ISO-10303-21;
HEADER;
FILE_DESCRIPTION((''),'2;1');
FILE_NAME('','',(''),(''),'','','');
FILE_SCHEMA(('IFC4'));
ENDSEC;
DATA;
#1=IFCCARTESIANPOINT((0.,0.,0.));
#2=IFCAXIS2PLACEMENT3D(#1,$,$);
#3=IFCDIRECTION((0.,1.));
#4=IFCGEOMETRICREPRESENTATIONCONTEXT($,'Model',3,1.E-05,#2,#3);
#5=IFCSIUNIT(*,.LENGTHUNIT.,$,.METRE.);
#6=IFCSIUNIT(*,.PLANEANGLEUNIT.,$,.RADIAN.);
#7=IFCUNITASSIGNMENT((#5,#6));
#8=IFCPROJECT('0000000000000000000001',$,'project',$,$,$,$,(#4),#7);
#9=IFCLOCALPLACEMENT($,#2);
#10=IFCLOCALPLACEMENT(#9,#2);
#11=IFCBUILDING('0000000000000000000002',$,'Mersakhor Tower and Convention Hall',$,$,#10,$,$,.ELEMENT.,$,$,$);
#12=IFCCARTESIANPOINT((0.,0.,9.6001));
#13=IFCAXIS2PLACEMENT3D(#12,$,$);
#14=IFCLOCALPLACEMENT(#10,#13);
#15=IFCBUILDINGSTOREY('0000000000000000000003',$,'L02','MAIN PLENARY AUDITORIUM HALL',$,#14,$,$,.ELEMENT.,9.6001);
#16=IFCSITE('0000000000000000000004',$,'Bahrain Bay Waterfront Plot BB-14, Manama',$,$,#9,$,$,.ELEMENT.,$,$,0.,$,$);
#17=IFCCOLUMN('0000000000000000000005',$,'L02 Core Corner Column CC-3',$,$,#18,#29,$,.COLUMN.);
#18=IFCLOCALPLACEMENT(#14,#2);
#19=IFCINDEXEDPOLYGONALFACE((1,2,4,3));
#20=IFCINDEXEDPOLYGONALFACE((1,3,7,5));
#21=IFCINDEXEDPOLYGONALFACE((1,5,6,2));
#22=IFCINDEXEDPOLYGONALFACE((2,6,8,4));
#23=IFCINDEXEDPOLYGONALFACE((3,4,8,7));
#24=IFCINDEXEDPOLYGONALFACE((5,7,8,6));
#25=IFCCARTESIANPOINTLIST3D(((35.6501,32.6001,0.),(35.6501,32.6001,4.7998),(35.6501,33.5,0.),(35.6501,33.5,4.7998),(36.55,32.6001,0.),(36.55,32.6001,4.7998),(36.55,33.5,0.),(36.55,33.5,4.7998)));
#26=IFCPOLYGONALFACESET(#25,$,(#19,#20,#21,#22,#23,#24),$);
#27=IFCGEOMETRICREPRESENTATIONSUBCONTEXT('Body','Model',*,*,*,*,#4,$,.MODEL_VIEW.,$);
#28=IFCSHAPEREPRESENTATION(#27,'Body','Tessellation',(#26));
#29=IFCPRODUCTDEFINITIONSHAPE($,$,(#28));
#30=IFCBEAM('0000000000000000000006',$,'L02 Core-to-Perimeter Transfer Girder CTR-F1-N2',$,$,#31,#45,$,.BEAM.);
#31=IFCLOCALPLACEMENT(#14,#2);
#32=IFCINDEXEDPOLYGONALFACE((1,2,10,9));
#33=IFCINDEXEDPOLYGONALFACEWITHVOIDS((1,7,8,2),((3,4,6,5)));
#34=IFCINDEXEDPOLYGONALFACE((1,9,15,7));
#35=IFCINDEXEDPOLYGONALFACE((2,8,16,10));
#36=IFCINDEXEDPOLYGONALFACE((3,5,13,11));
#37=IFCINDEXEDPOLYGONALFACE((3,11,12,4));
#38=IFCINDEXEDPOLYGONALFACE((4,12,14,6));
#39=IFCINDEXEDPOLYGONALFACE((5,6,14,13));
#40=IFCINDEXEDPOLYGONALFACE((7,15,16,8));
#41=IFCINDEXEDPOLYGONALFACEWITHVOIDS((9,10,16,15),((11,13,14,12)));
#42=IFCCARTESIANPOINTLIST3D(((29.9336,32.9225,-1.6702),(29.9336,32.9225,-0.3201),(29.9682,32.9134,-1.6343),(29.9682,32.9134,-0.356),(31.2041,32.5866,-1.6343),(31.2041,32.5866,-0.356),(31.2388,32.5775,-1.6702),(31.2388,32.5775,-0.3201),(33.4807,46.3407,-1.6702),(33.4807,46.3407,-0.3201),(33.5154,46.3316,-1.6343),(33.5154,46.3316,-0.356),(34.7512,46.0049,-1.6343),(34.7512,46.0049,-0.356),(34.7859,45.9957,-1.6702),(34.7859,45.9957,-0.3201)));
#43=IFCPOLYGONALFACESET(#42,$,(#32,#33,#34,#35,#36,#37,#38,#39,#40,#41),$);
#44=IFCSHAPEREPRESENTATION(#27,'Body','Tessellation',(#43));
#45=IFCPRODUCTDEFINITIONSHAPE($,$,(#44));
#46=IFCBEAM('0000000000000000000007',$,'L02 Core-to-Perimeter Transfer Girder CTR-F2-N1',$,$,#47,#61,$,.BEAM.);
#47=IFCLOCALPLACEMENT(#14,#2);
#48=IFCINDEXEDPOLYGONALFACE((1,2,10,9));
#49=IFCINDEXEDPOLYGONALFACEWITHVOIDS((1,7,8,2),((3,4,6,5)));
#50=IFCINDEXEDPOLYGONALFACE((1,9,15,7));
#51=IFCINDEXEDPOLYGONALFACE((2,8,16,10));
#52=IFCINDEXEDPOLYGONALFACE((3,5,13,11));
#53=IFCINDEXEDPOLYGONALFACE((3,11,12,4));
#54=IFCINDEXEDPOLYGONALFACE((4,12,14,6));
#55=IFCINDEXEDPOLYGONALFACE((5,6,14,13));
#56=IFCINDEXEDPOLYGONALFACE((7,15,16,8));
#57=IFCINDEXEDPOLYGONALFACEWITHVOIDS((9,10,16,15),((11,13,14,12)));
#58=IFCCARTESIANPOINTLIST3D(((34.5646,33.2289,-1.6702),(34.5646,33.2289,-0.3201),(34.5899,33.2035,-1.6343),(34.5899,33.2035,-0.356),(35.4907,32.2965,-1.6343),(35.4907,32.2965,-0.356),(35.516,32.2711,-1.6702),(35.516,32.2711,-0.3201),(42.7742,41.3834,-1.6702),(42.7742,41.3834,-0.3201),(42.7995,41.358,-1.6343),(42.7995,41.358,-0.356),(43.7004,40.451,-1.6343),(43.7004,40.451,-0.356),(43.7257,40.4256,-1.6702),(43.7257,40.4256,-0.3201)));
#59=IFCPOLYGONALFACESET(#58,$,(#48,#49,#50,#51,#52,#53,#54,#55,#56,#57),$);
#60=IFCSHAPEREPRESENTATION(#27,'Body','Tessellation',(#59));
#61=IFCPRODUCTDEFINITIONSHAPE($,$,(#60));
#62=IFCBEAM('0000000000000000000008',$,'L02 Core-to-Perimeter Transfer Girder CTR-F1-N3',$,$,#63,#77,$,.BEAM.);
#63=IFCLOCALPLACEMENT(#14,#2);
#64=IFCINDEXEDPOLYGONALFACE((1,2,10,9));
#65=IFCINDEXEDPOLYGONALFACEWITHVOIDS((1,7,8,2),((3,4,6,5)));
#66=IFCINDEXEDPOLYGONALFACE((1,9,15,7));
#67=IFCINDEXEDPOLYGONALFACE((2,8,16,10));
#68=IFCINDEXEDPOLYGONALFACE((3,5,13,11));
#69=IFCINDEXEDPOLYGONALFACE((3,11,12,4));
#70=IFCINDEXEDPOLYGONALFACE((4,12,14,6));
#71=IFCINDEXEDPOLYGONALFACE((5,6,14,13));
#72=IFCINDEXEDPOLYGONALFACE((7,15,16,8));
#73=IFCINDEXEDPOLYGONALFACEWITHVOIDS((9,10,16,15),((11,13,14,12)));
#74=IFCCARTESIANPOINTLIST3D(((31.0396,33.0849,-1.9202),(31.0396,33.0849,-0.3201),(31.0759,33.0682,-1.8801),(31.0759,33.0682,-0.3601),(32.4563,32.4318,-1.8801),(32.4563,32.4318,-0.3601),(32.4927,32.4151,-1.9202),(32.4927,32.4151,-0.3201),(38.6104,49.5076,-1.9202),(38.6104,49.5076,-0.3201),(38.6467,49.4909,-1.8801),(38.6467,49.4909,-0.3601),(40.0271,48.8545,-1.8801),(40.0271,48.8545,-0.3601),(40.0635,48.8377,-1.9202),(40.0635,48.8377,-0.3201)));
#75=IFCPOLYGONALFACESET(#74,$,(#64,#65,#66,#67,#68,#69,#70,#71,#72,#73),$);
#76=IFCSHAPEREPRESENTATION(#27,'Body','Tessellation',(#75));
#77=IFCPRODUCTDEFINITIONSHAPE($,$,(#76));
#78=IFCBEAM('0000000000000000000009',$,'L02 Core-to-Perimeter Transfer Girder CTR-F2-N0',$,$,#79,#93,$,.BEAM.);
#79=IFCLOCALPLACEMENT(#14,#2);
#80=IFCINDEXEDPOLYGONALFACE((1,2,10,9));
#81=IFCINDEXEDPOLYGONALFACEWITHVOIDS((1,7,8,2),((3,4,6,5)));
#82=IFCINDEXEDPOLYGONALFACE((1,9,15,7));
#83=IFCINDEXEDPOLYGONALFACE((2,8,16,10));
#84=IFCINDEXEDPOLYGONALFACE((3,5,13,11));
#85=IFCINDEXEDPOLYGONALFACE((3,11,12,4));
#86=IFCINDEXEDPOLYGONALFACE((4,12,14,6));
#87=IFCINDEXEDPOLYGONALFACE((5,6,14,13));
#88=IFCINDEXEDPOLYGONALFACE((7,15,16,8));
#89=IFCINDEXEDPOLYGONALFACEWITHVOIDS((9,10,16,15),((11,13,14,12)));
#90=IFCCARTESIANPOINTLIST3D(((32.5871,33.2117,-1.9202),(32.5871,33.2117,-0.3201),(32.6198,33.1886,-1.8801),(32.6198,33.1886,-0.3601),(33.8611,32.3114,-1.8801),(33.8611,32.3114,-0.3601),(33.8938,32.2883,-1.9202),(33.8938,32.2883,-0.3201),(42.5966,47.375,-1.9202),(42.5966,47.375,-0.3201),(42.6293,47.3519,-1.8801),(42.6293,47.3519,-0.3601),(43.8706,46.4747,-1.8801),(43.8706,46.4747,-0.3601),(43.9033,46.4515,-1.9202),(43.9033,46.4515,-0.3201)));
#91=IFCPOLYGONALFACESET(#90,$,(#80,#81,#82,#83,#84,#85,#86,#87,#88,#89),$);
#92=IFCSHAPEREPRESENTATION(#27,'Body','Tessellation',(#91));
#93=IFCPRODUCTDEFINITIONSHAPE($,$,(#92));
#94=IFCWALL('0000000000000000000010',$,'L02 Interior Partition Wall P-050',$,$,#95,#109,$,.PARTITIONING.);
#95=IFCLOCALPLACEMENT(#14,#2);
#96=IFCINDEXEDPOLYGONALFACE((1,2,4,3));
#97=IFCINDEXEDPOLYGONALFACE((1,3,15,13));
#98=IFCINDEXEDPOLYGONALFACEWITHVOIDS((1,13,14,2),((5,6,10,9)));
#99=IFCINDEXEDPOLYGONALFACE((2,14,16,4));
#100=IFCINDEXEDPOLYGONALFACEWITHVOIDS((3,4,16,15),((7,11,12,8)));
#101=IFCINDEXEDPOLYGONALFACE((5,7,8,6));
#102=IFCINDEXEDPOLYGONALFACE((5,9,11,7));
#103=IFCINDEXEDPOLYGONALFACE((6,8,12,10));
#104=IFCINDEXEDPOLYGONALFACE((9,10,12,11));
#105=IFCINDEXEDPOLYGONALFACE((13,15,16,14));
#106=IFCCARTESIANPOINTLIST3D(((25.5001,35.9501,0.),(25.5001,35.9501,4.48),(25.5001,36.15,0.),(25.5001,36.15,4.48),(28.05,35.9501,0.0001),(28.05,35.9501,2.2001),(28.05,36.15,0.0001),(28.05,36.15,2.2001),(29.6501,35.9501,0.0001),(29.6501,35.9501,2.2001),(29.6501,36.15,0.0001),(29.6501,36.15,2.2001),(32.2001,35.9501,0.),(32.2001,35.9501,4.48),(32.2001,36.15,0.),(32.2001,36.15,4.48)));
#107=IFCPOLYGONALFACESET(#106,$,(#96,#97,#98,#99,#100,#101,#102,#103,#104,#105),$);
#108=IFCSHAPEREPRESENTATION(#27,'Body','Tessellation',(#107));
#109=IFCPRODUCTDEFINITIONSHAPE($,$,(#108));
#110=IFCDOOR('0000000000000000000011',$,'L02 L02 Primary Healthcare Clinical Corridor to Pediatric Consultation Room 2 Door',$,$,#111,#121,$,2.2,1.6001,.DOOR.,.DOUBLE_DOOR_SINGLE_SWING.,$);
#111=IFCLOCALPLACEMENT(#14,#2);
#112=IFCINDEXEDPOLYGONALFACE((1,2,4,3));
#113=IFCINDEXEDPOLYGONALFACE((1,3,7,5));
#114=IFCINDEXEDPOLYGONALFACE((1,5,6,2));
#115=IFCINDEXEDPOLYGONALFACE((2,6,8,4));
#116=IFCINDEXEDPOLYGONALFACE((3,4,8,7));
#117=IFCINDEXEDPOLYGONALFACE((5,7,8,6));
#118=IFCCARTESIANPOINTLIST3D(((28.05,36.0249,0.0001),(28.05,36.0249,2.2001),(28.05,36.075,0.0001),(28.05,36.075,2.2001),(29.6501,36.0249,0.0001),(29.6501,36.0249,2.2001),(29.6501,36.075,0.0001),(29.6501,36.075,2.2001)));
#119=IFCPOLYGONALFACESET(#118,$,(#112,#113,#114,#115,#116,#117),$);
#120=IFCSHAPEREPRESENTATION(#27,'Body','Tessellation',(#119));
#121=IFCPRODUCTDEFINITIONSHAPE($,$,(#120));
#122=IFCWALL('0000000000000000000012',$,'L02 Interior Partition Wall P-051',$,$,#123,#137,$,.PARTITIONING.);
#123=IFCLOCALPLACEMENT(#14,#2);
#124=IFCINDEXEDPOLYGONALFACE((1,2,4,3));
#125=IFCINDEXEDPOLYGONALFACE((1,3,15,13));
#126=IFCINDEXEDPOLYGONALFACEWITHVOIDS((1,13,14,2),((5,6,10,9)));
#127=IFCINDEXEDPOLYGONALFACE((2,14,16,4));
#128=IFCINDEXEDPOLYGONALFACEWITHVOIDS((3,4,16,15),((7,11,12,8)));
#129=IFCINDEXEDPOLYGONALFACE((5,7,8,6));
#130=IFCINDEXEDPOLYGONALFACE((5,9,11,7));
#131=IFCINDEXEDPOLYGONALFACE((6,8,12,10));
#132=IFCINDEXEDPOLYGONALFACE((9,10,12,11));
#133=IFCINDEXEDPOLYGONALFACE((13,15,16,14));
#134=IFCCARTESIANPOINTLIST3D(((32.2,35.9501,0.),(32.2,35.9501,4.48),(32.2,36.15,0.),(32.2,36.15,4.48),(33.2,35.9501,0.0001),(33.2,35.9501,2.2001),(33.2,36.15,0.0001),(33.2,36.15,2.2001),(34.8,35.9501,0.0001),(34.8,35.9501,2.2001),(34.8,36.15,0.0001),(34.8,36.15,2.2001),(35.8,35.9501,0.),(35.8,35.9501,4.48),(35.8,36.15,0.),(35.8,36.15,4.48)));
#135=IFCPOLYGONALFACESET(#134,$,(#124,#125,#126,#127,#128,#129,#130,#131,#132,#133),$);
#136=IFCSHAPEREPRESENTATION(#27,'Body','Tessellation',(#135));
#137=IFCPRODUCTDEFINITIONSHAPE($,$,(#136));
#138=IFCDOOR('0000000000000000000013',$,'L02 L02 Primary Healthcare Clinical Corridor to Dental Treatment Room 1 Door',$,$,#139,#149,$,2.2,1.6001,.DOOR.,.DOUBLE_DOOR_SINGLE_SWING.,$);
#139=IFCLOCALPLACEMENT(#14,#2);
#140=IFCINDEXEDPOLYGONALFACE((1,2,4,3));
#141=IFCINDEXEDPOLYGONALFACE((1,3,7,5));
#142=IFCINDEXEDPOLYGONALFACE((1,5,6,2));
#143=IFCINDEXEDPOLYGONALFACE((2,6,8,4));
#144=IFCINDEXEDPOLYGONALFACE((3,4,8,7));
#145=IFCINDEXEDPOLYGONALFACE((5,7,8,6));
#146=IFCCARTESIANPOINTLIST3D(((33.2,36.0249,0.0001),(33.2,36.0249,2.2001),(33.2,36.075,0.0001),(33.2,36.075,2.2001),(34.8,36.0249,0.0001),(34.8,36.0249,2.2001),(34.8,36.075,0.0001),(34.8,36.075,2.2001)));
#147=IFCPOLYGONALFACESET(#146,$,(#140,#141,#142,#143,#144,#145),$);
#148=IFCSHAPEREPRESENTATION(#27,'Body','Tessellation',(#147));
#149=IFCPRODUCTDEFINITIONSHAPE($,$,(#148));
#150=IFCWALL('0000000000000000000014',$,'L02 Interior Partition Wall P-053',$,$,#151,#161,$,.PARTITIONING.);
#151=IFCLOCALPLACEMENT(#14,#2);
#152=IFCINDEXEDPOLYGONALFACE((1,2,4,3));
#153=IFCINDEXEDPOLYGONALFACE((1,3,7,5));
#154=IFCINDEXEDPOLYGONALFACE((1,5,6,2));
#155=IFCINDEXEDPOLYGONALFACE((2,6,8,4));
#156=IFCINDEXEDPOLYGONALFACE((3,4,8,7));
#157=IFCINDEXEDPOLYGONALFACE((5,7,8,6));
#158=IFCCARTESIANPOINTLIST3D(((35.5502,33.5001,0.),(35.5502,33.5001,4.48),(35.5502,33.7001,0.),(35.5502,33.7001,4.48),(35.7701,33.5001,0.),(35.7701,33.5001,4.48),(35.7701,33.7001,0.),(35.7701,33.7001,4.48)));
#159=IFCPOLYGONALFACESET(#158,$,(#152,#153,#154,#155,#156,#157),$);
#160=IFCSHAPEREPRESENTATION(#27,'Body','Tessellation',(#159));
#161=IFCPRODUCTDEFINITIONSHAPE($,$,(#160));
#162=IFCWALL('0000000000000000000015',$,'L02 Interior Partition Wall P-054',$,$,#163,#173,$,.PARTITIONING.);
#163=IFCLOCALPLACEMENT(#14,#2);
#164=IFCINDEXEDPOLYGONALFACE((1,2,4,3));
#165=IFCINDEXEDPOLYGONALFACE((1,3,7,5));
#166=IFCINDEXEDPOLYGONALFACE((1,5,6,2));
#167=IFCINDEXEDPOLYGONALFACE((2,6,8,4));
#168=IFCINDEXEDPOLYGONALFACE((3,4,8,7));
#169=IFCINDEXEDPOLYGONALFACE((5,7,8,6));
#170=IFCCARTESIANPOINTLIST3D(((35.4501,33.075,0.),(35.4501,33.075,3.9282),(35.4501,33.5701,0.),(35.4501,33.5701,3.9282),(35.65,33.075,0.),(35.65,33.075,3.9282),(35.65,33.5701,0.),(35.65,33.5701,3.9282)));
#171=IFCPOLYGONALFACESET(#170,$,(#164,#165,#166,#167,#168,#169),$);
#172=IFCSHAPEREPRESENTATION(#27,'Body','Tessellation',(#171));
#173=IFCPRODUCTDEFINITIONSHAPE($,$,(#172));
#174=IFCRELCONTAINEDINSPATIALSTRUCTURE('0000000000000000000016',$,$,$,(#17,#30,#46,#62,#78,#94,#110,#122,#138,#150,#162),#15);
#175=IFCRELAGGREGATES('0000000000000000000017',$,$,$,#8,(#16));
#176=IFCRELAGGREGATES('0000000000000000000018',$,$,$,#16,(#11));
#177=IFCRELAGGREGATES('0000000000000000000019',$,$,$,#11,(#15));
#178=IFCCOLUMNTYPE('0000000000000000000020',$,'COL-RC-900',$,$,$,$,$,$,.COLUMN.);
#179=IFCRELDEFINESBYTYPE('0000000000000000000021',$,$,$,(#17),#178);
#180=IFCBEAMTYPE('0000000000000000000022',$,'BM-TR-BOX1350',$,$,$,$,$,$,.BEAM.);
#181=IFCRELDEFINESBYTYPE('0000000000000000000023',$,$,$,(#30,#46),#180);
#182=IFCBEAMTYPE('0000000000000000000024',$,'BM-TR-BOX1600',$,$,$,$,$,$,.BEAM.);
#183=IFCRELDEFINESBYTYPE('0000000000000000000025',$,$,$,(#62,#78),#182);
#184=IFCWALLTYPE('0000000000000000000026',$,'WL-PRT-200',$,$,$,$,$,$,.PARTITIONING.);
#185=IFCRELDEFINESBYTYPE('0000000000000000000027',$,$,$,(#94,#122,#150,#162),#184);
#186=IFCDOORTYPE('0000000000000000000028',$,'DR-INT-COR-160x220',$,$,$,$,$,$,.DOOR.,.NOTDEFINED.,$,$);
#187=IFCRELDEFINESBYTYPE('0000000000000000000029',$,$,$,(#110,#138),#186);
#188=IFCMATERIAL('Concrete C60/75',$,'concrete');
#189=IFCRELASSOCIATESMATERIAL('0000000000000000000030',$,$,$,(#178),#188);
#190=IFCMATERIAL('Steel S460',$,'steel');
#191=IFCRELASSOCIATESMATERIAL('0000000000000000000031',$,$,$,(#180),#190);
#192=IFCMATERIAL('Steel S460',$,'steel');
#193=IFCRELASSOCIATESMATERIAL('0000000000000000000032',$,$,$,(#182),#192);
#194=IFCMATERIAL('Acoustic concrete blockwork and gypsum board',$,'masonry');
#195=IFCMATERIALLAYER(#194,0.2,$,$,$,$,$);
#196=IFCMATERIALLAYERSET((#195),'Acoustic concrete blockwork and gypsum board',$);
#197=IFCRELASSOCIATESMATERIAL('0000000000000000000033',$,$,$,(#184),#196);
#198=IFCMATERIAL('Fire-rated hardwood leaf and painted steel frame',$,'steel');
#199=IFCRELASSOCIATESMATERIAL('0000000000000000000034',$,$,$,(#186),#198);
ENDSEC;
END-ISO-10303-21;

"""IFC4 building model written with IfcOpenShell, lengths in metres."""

from ifc_helpers import new_model, si_unit, direction, frame, frame_2d, origin, origin_2d, place, context, subcontext, project, spatial, rectangle, hollow_rectangle, extrude, material, layer, layer_set, material_profile, profile_set, type_object, element, fill, save


model = new_model("IFC4")

# Units and contexts
model_context = context("Model", 3, precision=1e-05, world=origin(), true_north=direction((0.0, 1.0)))
body_context = subcontext(model_context, "Body", "Model", "MODEL_VIEW")
ifc_project = project(units=[si_unit("LENGTHUNIT", "METRE"), si_unit("PLANEANGLEUNIT", "RADIAN")], contexts=[model_context])

# Site, building, storey
site_placement = place(None, origin())
site = spatial("IfcSite", under=ifc_project, at=site_placement, Name="Bahrain Bay Waterfront Plot BB-14, Manama", CompositionType="ELEMENT", RefElevation=0.0)
building_placement = place(site_placement, origin())
building = spatial("IfcBuilding", under=site, at=building_placement, Name="Mersakhor Tower and Convention Hall", CompositionType="ELEMENT")
storey_placement = place(building_placement, frame((0.0, 0.0, 9.6001)))
storey = spatial("IfcBuildingStorey", under=building, at=storey_placement, Name="L02", Description="MAIN PLENARY AUDITORIUM HALL", CompositionType="ELEMENT", Elevation=9.6001)

# Column
ifc_material_1 = material(Name="Concrete C60/75", Category="concrete")
ifc_material_profile_1 = material_profile(ifc_material_1, rectangle(XDim=0.8999, YDim=0.8999, at=origin_2d()), Name="RC 900x900")
ifc_profile_set_1 = profile_set([ifc_material_profile_1], Name="Concrete C60/75")
column_type = type_object("IfcColumnType", Name="COL-RC-900", PredefinedType="COLUMN", material=ifc_profile_set_1)
column_placement = place(storey_placement, frame((36.1001, 33.05, 0.0), z_axis=(0.0, 0.0, 1.0), x_axis=(1.0, 0.0, 0.0)))
element("IfcColumn", 1, at=column_placement, inside=storey, type_object=column_type, Name="L02 Core Corner Column CC-3", PredefinedType="COLUMN", context=body_context, shape_type="SweptSolid", body=[
    extrude(rectangle(XDim=0.8999, YDim=0.8999, at=origin_2d()), origin(), (0.0, 0.0, 1.0), 4.7998),
])

# Beams
ifc_material_2 = material(Name="Steel S460", Category="steel")
ifc_material_profile_2 = material_profile(ifc_material_2, hollow_rectangle(XDim=1.3501, YDim=1.3501, WallThickness=0.0359, at=origin_2d()), Name="SHS 1350x1350x36")
ifc_profile_set_2 = profile_set([ifc_material_profile_2], Name="Steel S460")
beam_type_1 = type_object("IfcBeamType", Name="BM-TR-BOX1350", PredefinedType="BEAM", material=ifc_profile_set_2)
beam_1_placement = place(storey_placement, frame((30.5862, 32.75, -0.9951), z_axis=(0.255572, 0.96679, 0.0), x_axis=(-0.96679, 0.255572, 0.0)))
element("IfcBeam", 2, at=beam_1_placement, inside=storey, type_object=beam_type_1, Name="L02 Core-to-Perimeter Transfer Girder CTR-F1-N2", PredefinedType="BEAM", context=body_context, shape_type="SweptSolid", body=[
    extrude(hollow_rectangle(XDim=1.3501, YDim=1.3501, WallThickness=0.0359, at=origin_2d()), origin(), (0.0, 0.0, 1.0), 13.8792),
])
beam_2_placement = place(storey_placement, frame((35.0403, 32.75, -0.9951), z_axis=(0.709487, 0.704719, 0.0), x_axis=(-0.704719, 0.709487, 0.0)))
element("IfcBeam", 3, at=beam_2_placement, inside=storey, type_object=beam_type_1, Name="L02 Core-to-Perimeter Transfer Girder CTR-F2-N1", PredefinedType="BEAM", context=body_context, shape_type="SweptSolid", body=[
    extrude(hollow_rectangle(XDim=1.3501, YDim=1.3501, WallThickness=0.0359, at=origin_2d()), origin(), (0.0, 0.0, 1.0), 11.5713),
])
ifc_material_3 = material(Name="Steel S460", Category="steel")
ifc_material_profile_3 = material_profile(ifc_material_3, hollow_rectangle(XDim=1.6001, YDim=1.6001, WallThickness=0.04, at=origin_2d()), Name="SHS 1600x1600x40")
ifc_profile_set_3 = profile_set([ifc_material_profile_3], Name="Steel S460")
beam_type_2 = type_object("IfcBeamType", Name="BM-TR-BOX1600", PredefinedType="BEAM", material=ifc_profile_set_3)
beam_3_placement = place(storey_placement, frame((31.7661, 32.75, -1.1201), z_axis=(0.418654, 0.908146, 0.0), x_axis=(-0.908146, 0.418654, 0.0)))
element("IfcBeam", 4, at=beam_3_placement, inside=storey, type_object=beam_type_2, Name="L02 Core-to-Perimeter Transfer Girder CTR-F1-N3", PredefinedType="BEAM", context=body_context, shape_type="SweptSolid", body=[
    extrude(hollow_rectangle(XDim=1.6001, YDim=1.6001, WallThickness=0.04, at=origin_2d()), origin(), (0.0, 0.0, 1.0), 18.0837),
])
beam_4_placement = place(storey_placement, frame((33.2405, 32.75, -1.1201), z_axis=(0.57714, 0.816645, 0.0), x_axis=(-0.816645, 0.57714, 0.0)))
element("IfcBeam", 5, at=beam_4_placement, inside=storey, type_object=beam_type_2, Name="L02 Core-to-Perimeter Transfer Girder CTR-F2-N0", PredefinedType="BEAM", context=body_context, shape_type="SweptSolid", body=[
    extrude(hollow_rectangle(XDim=1.6001, YDim=1.6001, WallThickness=0.04, at=origin_2d()), origin(), (0.0, 0.0, 1.0), 17.3433),
])

# Walls, openings, doors
ifc_material_4 = material(Name="Acoustic concrete blockwork and gypsum board", Category="masonry")
ifc_layer_1 = layer(ifc_material_4, 0.2)
ifc_layer_set_1 = layer_set([ifc_layer_1], Name="Acoustic concrete blockwork and gypsum board")
wall_type_1 = type_object("IfcWallType", Name="WL-PRT-200", PredefinedType="PARTITIONING", material=ifc_layer_set_1)
wall_1_placement = place(storey_placement, frame((25.5, 36.05, 0.0), z_axis=(0.0, 0.0, 1.0), x_axis=(1.0, 0.0, 0.0)))
wall_1 = element("IfcWall", 6, at=wall_1_placement, inside=storey, type_object=wall_type_1, Name="L02 Interior Partition Wall P-050", PredefinedType="PARTITIONING", context=body_context, shape_type="SweptSolid", body=[
    extrude(rectangle(XDim=6.7, YDim=0.2, at=frame_2d((3.3501, 0.0))), origin(), (0.0, 0.0, 1.0), 4.48),
])
opening_1_placement = place(wall_1_placement, frame((2.55, 0.0, 0.0)))
opening_1 = element("IfcOpeningElement", 7, at=opening_1_placement, cuts=wall_1, PredefinedType="OPENING", context=body_context, shape_type="SweptSolid", body=[
    extrude(rectangle(XDim=1.6001, YDim=2.2, at=frame_2d((0.8, 1.1001))), frame((0.0, 0.1099, 0.0), z_axis=(0.0, -1.0, 0.0), x_axis=(1.0, 0.0, 0.0)), (0.0, 0.0, 1.0), 0.22),
])
ifc_material_5 = material(Name="Fire-rated hardwood leaf and painted steel frame", Category="steel")
door_type_1 = type_object("IfcDoorType", Name="DR-INT-COR-160x220", OperationType="NOTDEFINED", PredefinedType="DOOR", material=ifc_material_5)
door_1_placement = place(opening_1_placement, origin())
door_1 = element("IfcDoor", 8, at=door_1_placement, inside=storey, type_object=door_type_1, Name="L02 L02 Primary Healthcare Clinical Corridor to Pediatric Consultation Room 2 Door", OperationType="DOUBLE_DOOR_SINGLE_SWING", OverallHeight=2.2, OverallWidth=1.6001, PredefinedType="DOOR", context=body_context, shape_type="SweptSolid", body=[
    extrude(rectangle(XDim=1.6001, YDim=2.2, at=frame_2d((0.8, 1.1001))), frame((0.0, 0.0249, 0.0), z_axis=(0.0, -1.0, 0.0), x_axis=(1.0, 0.0, 0.0)), (0.0, 0.0, 1.0), 0.05),
])
fill(opening_1, door_1)
wall_2_placement = place(storey_placement, frame((32.2, 36.05, 0.0), z_axis=(0.0, 0.0, 1.0), x_axis=(1.0, 0.0, 0.0)))
wall_2 = element("IfcWall", 9, at=wall_2_placement, inside=storey, type_object=wall_type_1, Name="L02 Interior Partition Wall P-051", PredefinedType="PARTITIONING", context=body_context, shape_type="SweptSolid", body=[
    extrude(rectangle(XDim=3.6001, YDim=0.2, at=frame_2d((1.8, 0.0))), origin(), (0.0, 0.0, 1.0), 4.48),
])
opening_2_placement = place(wall_2_placement, frame((1.0, 0.0, 0.0)))
opening_2 = element("IfcOpeningElement", 10, at=opening_2_placement, cuts=wall_2, PredefinedType="OPENING", context=body_context, shape_type="SweptSolid", body=[
    extrude(rectangle(XDim=1.6001, YDim=2.2, at=frame_2d((0.8, 1.1001))), frame((0.0, 0.1099, 0.0), z_axis=(0.0, -1.0, 0.0), x_axis=(1.0, 0.0, 0.0)), (0.0, 0.0, 1.0), 0.22),
])
door_2_placement = place(opening_2_placement, origin())
door_2 = element("IfcDoor", 11, at=door_2_placement, inside=storey, type_object=door_type_1, Name="L02 L02 Primary Healthcare Clinical Corridor to Dental Treatment Room 1 Door", OperationType="DOUBLE_DOOR_SINGLE_SWING", OverallHeight=2.2, OverallWidth=1.6001, PredefinedType="DOOR", context=body_context, shape_type="SweptSolid", body=[
    extrude(rectangle(XDim=1.6001, YDim=2.2, at=frame_2d((0.8, 1.1001))), frame((0.0, 0.0249, 0.0), z_axis=(0.0, -1.0, 0.0), x_axis=(1.0, 0.0, 0.0)), (0.0, 0.0, 1.0), 0.05),
])
fill(opening_2, door_2)

# Walls
wall_3_placement = place(storey_placement, frame((35.77, 33.6001, 0.0), z_axis=(0.0, 0.0, 1.0), x_axis=(-1.0, 0.0, 0.0)))
element("IfcWall", 12, at=wall_3_placement, inside=storey, type_object=wall_type_1, Name="L02 Interior Partition Wall P-053", PredefinedType="PARTITIONING", context=body_context, shape_type="SweptSolid", body=[
    extrude(rectangle(XDim=0.22, YDim=0.2, at=frame_2d((0.1099, 0.0))), origin(), (0.0, 0.0, 1.0), 4.48),
])
wall_4_placement = place(storey_placement, frame((35.55, 33.5701, 0.0), z_axis=(0.0, 0.0, 1.0), x_axis=(0.0, -1.0, 0.0)))
element("IfcWall", 13, at=wall_4_placement, inside=storey, type_object=wall_type_1, Name="L02 Interior Partition Wall P-054", PredefinedType="PARTITIONING", context=body_context, shape_type="SweptSolid", body=[
    extrude(rectangle(XDim=0.4951, YDim=0.2, at=frame_2d((0.2476, 0.0))), origin(), (0.0, 0.0, 1.0), 3.9282),
])

save(model, "model.ifc")
